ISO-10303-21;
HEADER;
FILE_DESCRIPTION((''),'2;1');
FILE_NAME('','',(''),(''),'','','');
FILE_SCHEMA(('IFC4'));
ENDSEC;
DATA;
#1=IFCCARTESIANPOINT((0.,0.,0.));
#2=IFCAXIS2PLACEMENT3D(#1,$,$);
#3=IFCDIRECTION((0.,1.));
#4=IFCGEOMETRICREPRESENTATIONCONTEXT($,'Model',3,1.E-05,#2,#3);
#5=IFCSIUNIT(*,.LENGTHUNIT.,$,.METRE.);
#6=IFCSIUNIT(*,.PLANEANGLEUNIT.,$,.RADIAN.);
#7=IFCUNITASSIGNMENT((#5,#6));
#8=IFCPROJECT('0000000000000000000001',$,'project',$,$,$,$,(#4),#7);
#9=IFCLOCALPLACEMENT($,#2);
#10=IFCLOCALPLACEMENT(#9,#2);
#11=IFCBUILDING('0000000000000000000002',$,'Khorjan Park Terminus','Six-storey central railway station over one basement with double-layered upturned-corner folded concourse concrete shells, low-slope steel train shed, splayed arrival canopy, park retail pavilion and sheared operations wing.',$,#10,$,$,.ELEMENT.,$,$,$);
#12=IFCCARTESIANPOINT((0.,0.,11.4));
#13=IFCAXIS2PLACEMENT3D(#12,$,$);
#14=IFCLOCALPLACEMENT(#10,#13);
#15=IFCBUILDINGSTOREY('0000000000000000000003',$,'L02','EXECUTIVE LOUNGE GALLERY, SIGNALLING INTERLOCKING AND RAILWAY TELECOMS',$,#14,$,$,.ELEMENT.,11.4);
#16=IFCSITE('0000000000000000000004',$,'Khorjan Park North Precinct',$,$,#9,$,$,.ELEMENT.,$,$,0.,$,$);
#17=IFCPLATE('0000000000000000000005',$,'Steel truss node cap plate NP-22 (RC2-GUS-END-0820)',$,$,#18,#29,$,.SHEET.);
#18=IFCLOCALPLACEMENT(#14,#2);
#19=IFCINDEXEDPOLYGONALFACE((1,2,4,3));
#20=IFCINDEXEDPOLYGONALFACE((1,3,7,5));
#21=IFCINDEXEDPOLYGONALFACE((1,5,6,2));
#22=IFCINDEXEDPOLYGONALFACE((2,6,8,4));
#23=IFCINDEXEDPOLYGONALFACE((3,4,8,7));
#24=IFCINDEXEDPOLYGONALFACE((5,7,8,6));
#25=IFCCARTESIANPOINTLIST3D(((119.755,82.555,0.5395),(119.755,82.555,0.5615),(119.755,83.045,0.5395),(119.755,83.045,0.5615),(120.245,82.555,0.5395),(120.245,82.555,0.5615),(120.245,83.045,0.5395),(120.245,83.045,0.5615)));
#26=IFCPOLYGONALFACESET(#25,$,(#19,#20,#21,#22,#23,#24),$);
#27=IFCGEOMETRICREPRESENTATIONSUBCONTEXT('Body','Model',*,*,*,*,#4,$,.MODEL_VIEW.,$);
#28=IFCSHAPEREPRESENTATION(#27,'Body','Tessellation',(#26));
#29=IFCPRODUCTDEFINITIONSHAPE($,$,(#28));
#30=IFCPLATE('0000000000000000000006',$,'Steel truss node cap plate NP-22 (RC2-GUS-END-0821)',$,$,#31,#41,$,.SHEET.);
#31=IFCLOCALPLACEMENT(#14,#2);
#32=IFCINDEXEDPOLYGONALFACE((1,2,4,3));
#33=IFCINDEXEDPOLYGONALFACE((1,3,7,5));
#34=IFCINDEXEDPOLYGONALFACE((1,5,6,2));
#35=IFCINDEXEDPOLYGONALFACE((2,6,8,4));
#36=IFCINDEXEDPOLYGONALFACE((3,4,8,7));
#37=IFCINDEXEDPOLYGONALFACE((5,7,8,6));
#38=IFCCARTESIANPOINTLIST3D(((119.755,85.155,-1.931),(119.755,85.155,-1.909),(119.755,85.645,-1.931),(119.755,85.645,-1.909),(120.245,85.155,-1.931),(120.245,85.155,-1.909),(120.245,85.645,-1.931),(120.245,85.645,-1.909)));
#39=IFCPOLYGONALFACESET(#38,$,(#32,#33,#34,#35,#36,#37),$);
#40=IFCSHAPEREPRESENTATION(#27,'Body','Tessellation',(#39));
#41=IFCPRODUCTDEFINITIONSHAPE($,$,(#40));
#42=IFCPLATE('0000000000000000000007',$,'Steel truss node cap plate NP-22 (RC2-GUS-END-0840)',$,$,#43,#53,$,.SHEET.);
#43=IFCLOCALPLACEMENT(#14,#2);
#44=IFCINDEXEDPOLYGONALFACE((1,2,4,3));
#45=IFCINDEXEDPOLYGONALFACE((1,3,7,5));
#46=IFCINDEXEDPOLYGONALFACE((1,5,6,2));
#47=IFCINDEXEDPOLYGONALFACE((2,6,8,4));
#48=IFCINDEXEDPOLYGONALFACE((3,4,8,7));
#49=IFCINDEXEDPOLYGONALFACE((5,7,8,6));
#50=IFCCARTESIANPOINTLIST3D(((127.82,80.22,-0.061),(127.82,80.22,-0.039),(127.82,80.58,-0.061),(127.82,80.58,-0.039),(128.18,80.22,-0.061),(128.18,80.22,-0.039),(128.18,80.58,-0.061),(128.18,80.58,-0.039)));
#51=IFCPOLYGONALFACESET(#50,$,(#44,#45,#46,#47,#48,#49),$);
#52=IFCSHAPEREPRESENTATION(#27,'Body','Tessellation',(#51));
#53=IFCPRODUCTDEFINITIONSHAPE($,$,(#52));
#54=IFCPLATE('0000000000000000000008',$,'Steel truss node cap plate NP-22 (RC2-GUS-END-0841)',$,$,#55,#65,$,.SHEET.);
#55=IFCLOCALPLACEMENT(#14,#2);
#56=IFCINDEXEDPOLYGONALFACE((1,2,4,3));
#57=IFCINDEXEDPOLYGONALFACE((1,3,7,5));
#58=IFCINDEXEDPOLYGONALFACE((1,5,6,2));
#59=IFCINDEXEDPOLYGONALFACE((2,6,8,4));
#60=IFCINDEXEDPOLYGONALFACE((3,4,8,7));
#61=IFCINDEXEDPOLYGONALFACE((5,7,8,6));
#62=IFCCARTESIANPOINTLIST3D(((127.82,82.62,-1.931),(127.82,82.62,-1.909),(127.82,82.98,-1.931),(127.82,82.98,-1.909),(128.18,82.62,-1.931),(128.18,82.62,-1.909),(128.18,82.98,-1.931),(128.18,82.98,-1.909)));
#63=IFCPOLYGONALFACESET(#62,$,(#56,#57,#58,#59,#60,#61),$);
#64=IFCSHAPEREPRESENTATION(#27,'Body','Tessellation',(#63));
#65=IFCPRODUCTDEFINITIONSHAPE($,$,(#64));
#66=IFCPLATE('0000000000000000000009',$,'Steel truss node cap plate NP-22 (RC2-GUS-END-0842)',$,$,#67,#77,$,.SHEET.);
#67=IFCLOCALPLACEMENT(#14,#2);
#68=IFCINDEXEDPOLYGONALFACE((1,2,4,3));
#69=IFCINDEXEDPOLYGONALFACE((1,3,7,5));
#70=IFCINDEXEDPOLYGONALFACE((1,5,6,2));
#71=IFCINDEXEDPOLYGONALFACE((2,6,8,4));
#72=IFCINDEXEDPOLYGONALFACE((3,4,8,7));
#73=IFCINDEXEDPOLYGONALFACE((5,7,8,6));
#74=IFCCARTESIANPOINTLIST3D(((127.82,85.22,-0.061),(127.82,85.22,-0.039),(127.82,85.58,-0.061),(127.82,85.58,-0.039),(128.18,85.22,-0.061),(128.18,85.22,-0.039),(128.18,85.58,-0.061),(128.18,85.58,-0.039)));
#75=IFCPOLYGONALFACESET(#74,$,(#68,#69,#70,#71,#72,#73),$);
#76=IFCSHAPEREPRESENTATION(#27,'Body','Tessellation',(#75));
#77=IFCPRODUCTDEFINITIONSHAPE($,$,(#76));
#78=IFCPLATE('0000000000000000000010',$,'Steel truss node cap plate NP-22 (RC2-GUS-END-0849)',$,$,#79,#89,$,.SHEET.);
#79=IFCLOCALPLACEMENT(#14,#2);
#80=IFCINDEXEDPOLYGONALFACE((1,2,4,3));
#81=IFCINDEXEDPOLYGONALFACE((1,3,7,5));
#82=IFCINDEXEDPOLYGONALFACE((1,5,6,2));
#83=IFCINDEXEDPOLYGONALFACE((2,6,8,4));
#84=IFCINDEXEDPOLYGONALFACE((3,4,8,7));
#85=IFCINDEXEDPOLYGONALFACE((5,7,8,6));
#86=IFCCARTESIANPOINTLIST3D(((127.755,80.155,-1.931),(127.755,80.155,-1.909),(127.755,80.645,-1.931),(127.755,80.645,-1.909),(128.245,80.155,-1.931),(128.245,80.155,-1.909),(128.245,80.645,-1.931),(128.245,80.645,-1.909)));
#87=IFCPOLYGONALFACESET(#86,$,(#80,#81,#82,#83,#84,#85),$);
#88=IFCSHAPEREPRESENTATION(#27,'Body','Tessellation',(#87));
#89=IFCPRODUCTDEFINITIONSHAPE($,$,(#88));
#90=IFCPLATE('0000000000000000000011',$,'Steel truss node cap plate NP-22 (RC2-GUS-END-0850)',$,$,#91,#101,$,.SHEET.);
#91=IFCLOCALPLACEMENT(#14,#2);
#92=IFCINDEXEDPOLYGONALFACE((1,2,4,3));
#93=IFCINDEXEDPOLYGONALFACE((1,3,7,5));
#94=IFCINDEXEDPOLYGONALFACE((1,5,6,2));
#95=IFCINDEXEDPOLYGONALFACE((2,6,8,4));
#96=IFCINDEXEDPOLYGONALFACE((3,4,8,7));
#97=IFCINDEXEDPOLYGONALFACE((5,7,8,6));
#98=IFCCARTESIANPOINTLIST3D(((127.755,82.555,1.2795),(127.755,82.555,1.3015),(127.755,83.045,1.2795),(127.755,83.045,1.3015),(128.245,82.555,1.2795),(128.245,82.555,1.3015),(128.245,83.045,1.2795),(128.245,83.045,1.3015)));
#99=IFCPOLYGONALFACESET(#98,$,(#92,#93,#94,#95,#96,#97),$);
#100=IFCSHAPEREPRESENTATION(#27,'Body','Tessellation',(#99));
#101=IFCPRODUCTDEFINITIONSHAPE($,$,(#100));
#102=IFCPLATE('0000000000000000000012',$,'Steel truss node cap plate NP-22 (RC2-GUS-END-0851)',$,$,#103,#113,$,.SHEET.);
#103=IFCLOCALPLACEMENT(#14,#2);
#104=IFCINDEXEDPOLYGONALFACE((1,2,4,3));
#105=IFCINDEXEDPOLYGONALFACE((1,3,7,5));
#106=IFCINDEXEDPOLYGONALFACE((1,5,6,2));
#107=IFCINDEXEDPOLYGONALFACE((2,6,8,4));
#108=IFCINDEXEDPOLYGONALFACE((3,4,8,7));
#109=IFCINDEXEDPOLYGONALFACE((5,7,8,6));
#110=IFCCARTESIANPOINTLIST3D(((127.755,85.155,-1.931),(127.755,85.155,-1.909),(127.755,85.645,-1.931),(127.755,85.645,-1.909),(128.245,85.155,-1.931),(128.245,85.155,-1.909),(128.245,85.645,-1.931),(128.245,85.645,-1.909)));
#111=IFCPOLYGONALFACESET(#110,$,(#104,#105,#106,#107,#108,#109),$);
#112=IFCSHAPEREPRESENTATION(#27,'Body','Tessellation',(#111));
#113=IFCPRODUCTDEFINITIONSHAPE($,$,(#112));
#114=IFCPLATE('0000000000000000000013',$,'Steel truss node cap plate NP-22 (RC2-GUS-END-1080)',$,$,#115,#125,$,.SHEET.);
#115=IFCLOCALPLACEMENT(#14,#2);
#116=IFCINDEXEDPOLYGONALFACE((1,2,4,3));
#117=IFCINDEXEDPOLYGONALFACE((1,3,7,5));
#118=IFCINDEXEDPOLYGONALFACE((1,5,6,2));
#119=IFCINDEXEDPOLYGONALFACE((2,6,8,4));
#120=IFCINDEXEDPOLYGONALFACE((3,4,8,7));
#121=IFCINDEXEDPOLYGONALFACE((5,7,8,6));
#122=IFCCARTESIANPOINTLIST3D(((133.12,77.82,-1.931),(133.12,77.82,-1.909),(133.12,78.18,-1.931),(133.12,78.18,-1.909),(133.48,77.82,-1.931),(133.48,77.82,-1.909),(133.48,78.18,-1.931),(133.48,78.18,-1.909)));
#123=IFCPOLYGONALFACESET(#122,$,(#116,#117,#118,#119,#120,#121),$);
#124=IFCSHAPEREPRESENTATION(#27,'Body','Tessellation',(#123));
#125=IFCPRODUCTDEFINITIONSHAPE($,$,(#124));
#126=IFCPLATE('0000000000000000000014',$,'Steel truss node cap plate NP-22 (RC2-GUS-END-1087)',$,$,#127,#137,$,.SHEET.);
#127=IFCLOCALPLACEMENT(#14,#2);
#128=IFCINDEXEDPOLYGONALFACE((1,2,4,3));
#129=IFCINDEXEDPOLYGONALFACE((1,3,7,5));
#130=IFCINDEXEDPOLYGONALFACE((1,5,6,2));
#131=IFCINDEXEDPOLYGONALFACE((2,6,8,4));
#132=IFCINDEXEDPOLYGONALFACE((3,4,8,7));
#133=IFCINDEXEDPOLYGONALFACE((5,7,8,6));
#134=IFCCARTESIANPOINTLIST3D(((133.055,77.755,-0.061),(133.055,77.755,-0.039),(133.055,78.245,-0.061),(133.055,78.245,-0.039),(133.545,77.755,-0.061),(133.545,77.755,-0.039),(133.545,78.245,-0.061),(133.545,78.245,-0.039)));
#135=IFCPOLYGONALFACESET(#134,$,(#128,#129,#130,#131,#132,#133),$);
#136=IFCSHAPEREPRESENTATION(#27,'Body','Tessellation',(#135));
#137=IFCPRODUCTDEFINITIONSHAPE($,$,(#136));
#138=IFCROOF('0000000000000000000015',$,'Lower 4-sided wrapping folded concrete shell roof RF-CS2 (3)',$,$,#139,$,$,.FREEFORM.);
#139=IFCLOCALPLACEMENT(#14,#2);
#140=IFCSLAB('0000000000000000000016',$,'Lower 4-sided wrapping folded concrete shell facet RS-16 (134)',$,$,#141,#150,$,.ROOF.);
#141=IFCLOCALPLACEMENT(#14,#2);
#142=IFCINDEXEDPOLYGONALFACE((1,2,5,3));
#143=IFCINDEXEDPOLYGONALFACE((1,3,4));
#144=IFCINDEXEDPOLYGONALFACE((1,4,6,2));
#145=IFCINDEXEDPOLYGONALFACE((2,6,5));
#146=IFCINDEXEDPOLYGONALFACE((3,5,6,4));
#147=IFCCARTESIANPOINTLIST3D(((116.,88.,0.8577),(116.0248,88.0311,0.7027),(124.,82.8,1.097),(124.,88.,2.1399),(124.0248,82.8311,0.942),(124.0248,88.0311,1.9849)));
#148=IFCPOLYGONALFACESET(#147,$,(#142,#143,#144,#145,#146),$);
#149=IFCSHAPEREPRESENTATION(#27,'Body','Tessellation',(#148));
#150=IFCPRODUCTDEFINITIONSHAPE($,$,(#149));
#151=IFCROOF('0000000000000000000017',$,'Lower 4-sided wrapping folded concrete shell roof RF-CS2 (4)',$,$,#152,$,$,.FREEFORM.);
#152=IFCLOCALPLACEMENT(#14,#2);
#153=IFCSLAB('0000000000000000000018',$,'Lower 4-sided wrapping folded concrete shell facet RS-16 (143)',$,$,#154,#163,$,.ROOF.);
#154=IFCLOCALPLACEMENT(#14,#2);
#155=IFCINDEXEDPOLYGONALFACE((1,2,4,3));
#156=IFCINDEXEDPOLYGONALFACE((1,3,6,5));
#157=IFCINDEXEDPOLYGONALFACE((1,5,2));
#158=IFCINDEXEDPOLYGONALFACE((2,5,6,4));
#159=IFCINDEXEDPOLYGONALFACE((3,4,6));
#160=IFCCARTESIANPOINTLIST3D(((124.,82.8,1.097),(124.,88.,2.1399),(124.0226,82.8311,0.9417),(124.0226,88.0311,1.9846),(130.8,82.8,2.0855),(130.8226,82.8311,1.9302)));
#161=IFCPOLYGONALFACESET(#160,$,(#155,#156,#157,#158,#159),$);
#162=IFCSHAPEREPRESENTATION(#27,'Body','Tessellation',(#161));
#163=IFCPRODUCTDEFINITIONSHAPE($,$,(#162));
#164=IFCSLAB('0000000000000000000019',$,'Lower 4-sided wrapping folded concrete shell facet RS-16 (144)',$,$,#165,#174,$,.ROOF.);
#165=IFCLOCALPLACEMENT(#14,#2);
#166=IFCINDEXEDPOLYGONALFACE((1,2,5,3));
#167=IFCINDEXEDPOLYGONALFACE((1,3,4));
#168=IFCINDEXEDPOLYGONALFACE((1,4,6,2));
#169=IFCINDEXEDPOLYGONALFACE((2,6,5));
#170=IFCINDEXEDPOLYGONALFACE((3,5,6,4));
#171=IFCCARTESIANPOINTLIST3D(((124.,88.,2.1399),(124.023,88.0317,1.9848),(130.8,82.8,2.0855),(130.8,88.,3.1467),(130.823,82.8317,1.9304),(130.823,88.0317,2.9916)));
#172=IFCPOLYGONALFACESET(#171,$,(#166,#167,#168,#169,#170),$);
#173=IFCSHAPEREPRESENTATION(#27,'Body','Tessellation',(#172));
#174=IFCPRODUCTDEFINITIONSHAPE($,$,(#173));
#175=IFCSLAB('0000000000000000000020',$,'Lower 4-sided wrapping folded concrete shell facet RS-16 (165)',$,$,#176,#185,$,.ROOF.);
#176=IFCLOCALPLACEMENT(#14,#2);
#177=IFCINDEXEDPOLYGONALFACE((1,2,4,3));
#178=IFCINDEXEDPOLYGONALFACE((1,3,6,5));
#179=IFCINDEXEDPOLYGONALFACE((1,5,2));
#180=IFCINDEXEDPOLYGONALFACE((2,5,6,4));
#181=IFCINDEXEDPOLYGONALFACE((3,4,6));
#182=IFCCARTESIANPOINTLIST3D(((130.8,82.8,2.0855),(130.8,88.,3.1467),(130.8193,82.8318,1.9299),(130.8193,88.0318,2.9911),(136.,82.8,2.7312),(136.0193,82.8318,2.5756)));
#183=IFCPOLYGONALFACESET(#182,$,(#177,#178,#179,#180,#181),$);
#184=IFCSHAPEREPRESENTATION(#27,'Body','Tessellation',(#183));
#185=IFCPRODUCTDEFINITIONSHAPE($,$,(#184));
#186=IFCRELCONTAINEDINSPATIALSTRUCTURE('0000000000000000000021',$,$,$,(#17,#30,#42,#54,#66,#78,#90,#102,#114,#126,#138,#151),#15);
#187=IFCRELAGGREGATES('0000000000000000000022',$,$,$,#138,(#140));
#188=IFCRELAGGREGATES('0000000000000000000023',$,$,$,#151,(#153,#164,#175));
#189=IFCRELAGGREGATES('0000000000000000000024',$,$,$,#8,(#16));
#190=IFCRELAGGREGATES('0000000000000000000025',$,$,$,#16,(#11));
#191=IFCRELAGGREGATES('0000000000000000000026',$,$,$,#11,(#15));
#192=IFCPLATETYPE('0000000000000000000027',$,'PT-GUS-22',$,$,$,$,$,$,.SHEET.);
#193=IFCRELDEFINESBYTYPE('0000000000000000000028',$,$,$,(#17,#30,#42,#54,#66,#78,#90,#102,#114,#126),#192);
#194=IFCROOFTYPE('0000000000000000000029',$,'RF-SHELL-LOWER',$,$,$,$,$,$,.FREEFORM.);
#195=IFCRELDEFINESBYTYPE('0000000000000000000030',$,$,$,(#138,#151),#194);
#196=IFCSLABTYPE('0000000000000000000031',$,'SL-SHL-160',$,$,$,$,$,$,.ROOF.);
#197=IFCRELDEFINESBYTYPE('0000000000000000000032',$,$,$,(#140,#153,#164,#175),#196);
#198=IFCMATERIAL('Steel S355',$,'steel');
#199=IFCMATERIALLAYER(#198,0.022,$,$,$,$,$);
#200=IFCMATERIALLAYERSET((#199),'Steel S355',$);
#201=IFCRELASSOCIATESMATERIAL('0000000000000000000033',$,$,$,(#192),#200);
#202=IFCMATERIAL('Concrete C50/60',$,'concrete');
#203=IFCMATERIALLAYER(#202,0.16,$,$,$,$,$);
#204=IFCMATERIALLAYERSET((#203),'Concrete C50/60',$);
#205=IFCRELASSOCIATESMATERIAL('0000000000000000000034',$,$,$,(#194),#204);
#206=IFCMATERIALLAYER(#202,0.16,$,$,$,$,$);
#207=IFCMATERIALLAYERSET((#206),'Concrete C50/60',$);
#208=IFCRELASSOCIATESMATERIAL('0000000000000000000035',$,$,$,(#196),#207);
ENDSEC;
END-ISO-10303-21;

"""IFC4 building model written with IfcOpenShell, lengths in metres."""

from ifc_helpers import new_model, si_unit, direction, frame, origin, origin_2d, place, context, subcontext, project, spatial, polyline, rectangle, outline, extrude, material, layer, layer_set, type_object, element, aggregate, save


model = new_model("IFC4")

# Units and contexts
model_context = context("Model", 3, precision=1e-05, world=origin(), true_north=direction((0.0, 1.0)))
body_context = subcontext(model_context, "Body", "Model", "MODEL_VIEW")
ifc_project = project(units=[si_unit("LENGTHUNIT", "METRE"), si_unit("PLANEANGLEUNIT", "RADIAN")], contexts=[model_context])

# Site, building, storey
site_placement = place(None, origin())
site = spatial("IfcSite", under=ifc_project, at=site_placement, Name="Khorjan Park North Precinct", CompositionType="ELEMENT", RefElevation=0.0)
building_placement = place(site_placement, origin())
building = spatial("IfcBuilding", under=site, at=building_placement, Name="Khorjan Park Terminus", Description="Six-storey central railway station over one basement with double-layered upturned-corner folded concourse concrete shells, low-slope steel train shed, splayed arrival canopy, park retail pavilion and sheared operations wing.", CompositionType="ELEMENT")
storey_placement = place(building_placement, frame((0.0, 0.0, 11.4)))
storey = spatial("IfcBuildingStorey", under=building, at=storey_placement, Name="L02", Description="EXECUTIVE LOUNGE GALLERY, SIGNALLING INTERLOCKING AND RAILWAY TELECOMS", CompositionType="ELEMENT", Elevation=11.4)

# Shared definitions
ifc_material_1 = material(Name="Steel S355", Category="steel")

# Plates
ifc_layer_1 = layer(ifc_material_1, 0.022)
ifc_layer_set_1 = layer_set([ifc_layer_1], Name="Steel S355")
plate_type = type_object("IfcPlateType", Name="PT-GUS-22", PredefinedType="SHEET", material=ifc_layer_set_1)
for number, where, z_axis, x_axis, name in (
    (1, (120.0, 82.8, 0.5395), (0.0, 0.0, 1.0), (1.0, 0.0, 0.0), "Steel truss node cap plate NP-22 (RC2-GUS-END-0820)"),
    (2, (120.0, 85.4, -1.931), (0.0, 0.0, 1.0), (1.0, 0.0, 0.0), "Steel truss node cap plate NP-22 (RC2-GUS-END-0821)"),
):
    element("IfcPlate", number, at=place(storey_placement, frame(where, z_axis=z_axis, x_axis=x_axis)), inside=storey, type_object=plate_type, Name=name, PredefinedType="SHEET", context=body_context, shape_type="SweptSolid", body=[
        extrude(rectangle(XDim=0.49, YDim=0.49, at=origin_2d()), origin(), (0.0, 0.0, 1.0), 0.022),
    ])
for number, where, z_axis, x_axis, name in (
    (3, (128.0, 80.4, -0.061), (0.0, 0.0, 1.0), (1.0, 0.0, 0.0), "Steel truss node cap plate NP-22 (RC2-GUS-END-0840)"),
    (4, (128.0, 82.8, -1.931), (0.0, 0.0, 1.0), (1.0, 0.0, 0.0), "Steel truss node cap plate NP-22 (RC2-GUS-END-0841)"),
    (5, (128.0, 85.4, -0.061), (0.0, 0.0, 1.0), (1.0, 0.0, 0.0), "Steel truss node cap plate NP-22 (RC2-GUS-END-0842)"),
):
    element("IfcPlate", number, at=place(storey_placement, frame(where, z_axis=z_axis, x_axis=x_axis)), inside=storey, type_object=plate_type, Name=name, PredefinedType="SHEET", context=body_context, shape_type="SweptSolid", body=[
        extrude(rectangle(XDim=0.36, YDim=0.36, at=origin_2d()), origin(), (0.0, 0.0, 1.0), 0.022),
    ])
for number, where, z_axis, x_axis, name in (
    (6, (128.0, 80.4, -1.931), (0.0, 0.0, 1.0), (1.0, 0.0, 0.0), "Steel truss node cap plate NP-22 (RC2-GUS-END-0849)"),
    (7, (128.0, 82.8, 1.2795), (0.0, 0.0, 1.0), (1.0, 0.0, 0.0), "Steel truss node cap plate NP-22 (RC2-GUS-END-0850)"),
    (8, (128.0, 85.4, -1.931), (0.0, 0.0, 1.0), (1.0, 0.0, 0.0), "Steel truss node cap plate NP-22 (RC2-GUS-END-0851)"),
):
    element("IfcPlate", number, at=place(storey_placement, frame(where, z_axis=z_axis, x_axis=x_axis)), inside=storey, type_object=plate_type, Name=name, PredefinedType="SHEET", context=body_context, shape_type="SweptSolid", body=[
        extrude(rectangle(XDim=0.49, YDim=0.49, at=origin_2d()), origin(), (0.0, 0.0, 1.0), 0.022),
    ])
plate_1_placement = place(storey_placement, frame((133.3, 78.0, -1.931), z_axis=(0.0, 0.0, 1.0), x_axis=(1.0, 0.0, 0.0)))
element("IfcPlate", 9, at=plate_1_placement, inside=storey, type_object=plate_type, Name="Steel truss node cap plate NP-22 (RC2-GUS-END-1080)", PredefinedType="SHEET", context=body_context, shape_type="SweptSolid", body=[
    extrude(rectangle(XDim=0.36, YDim=0.36, at=origin_2d()), origin(), (0.0, 0.0, 1.0), 0.022),
])
plate_2_placement = place(storey_placement, frame((133.3, 78.0, -0.061), z_axis=(0.0, 0.0, 1.0), x_axis=(1.0, 0.0, 0.0)))
element("IfcPlate", 10, at=plate_2_placement, inside=storey, type_object=plate_type, Name="Steel truss node cap plate NP-22 (RC2-GUS-END-1087)", PredefinedType="SHEET", context=body_context, shape_type="SweptSolid", body=[
    extrude(rectangle(XDim=0.49, YDim=0.49, at=origin_2d()), origin(), (0.0, 0.0, 1.0), 0.022),
])

# Roof, slab
ifc_material_2 = material(Name="Concrete C50/60", Category="concrete")
ifc_layer_2 = layer(ifc_material_2, 0.16)
ifc_layer_set_2 = layer_set([ifc_layer_2], Name="Concrete C50/60")
roof_type = type_object("IfcRoofType", Name="RF-SHELL-LOWER", PredefinedType="FREEFORM", material=ifc_layer_set_2)
roof_1_placement = place(storey_placement, origin())
roof_1 = element("IfcRoof", 11, at=roof_1_placement, inside=storey, type_object=roof_type, Name="Lower 4-sided wrapping folded concrete shell roof RF-CS2 (3)", PredefinedType="FREEFORM")
ifc_layer_3 = layer(ifc_material_2, 0.16)
ifc_layer_set_3 = layer_set([ifc_layer_3], Name="Concrete C50/60")
slab_type = type_object("IfcSlabType", Name="SL-SHL-160", PredefinedType="ROOF", material=ifc_layer_set_3)
slab_1_placement = place(storey_placement, frame((124.0, 82.8, 1.097), z_axis=(-0.155241, -0.194258, 0.968589), x_axis=(0.0, 0.980475, 0.196642)))
slab_1 = element("IfcSlab", 12, at=slab_1_placement, type_object=slab_type, Name="Lower 4-sided wrapping folded concrete shell facet RS-16 (134)", PredefinedType="ROOF", context=body_context, shape_type="SweptSolid", body=[
    extrude(outline(polyline([(0.0, 0.0), (5.3035, 0.0), (5.0514, 8.0982), (0.0, 0.0)])), origin(), (0.0, 0.0, -1.0), 0.16),
])
aggregate(roof_1, [slab_1])

# Roof, slabs
roof_2_placement = place(storey_placement, origin())
roof_2 = element("IfcRoof", 13, at=roof_2_placement, inside=storey, type_object=roof_type, Name="Lower 4-sided wrapping folded concrete shell roof RF-CS2 (4)", PredefinedType="FREEFORM")
slab_2_placement = place(storey_placement, frame((124.0, 82.8, 1.097), z_axis=(-0.141103, -0.194674, 0.970666), x_axis=(0.989599, 0.0, 0.143856)))
slab_2 = element("IfcSlab", 14, at=slab_2_placement, type_object=slab_type, Name="Lower 4-sided wrapping folded concrete shell facet RS-16 (143)", PredefinedType="ROOF", context=body_context, shape_type="SweptSolid", body=[
    extrude(outline(polyline([(0.0, 0.0), (6.8715, 0.0), (0.15, 5.3014), (0.0, 0.0)])), origin(), (0.0, 0.0, -1.0), 0.16),
])
slab_3_placement = place(storey_placement, frame((130.8, 82.8, 2.0855), z_axis=(-0.143566, -0.197884, 0.969655), x_axis=(0.0, 0.979805, 0.199956)))
slab_3 = element("IfcSlab", 15, at=slab_3_placement, type_object=slab_type, Name="Lower 4-sided wrapping folded concrete shell facet RS-16 (144)", PredefinedType="ROOF", context=body_context, shape_type="SweptSolid", body=[
    extrude(outline(polyline([(0.0, 0.0), (5.3072, 0.0), (5.1059, 6.8712), (0.0, 0.0)])), origin(), (0.0, 0.0, -1.0), 0.16),
])
slab_4_placement = place(storey_placement, frame((130.8, 82.8, 2.0855), z_axis=(-0.120775, -0.198492, 0.972633), x_axis=(0.992379, 0.0, 0.123227)))
slab_4 = element("IfcSlab", 16, at=slab_4_placement, type_object=slab_type, Name="Lower 4-sided wrapping folded concrete shell facet RS-16 (165)", PredefinedType="ROOF", context=body_context, shape_type="SweptSolid", body=[
    extrude(outline(polyline([(0.0, 0.0), (5.2399, 0.0), (0.1308, 5.3056), (0.0, 0.0)])), origin(), (0.0, 0.0, -1.0), 0.16),
])
aggregate(roof_2, [slab_2, slab_3, slab_4])

save(model, "model.ifc")
